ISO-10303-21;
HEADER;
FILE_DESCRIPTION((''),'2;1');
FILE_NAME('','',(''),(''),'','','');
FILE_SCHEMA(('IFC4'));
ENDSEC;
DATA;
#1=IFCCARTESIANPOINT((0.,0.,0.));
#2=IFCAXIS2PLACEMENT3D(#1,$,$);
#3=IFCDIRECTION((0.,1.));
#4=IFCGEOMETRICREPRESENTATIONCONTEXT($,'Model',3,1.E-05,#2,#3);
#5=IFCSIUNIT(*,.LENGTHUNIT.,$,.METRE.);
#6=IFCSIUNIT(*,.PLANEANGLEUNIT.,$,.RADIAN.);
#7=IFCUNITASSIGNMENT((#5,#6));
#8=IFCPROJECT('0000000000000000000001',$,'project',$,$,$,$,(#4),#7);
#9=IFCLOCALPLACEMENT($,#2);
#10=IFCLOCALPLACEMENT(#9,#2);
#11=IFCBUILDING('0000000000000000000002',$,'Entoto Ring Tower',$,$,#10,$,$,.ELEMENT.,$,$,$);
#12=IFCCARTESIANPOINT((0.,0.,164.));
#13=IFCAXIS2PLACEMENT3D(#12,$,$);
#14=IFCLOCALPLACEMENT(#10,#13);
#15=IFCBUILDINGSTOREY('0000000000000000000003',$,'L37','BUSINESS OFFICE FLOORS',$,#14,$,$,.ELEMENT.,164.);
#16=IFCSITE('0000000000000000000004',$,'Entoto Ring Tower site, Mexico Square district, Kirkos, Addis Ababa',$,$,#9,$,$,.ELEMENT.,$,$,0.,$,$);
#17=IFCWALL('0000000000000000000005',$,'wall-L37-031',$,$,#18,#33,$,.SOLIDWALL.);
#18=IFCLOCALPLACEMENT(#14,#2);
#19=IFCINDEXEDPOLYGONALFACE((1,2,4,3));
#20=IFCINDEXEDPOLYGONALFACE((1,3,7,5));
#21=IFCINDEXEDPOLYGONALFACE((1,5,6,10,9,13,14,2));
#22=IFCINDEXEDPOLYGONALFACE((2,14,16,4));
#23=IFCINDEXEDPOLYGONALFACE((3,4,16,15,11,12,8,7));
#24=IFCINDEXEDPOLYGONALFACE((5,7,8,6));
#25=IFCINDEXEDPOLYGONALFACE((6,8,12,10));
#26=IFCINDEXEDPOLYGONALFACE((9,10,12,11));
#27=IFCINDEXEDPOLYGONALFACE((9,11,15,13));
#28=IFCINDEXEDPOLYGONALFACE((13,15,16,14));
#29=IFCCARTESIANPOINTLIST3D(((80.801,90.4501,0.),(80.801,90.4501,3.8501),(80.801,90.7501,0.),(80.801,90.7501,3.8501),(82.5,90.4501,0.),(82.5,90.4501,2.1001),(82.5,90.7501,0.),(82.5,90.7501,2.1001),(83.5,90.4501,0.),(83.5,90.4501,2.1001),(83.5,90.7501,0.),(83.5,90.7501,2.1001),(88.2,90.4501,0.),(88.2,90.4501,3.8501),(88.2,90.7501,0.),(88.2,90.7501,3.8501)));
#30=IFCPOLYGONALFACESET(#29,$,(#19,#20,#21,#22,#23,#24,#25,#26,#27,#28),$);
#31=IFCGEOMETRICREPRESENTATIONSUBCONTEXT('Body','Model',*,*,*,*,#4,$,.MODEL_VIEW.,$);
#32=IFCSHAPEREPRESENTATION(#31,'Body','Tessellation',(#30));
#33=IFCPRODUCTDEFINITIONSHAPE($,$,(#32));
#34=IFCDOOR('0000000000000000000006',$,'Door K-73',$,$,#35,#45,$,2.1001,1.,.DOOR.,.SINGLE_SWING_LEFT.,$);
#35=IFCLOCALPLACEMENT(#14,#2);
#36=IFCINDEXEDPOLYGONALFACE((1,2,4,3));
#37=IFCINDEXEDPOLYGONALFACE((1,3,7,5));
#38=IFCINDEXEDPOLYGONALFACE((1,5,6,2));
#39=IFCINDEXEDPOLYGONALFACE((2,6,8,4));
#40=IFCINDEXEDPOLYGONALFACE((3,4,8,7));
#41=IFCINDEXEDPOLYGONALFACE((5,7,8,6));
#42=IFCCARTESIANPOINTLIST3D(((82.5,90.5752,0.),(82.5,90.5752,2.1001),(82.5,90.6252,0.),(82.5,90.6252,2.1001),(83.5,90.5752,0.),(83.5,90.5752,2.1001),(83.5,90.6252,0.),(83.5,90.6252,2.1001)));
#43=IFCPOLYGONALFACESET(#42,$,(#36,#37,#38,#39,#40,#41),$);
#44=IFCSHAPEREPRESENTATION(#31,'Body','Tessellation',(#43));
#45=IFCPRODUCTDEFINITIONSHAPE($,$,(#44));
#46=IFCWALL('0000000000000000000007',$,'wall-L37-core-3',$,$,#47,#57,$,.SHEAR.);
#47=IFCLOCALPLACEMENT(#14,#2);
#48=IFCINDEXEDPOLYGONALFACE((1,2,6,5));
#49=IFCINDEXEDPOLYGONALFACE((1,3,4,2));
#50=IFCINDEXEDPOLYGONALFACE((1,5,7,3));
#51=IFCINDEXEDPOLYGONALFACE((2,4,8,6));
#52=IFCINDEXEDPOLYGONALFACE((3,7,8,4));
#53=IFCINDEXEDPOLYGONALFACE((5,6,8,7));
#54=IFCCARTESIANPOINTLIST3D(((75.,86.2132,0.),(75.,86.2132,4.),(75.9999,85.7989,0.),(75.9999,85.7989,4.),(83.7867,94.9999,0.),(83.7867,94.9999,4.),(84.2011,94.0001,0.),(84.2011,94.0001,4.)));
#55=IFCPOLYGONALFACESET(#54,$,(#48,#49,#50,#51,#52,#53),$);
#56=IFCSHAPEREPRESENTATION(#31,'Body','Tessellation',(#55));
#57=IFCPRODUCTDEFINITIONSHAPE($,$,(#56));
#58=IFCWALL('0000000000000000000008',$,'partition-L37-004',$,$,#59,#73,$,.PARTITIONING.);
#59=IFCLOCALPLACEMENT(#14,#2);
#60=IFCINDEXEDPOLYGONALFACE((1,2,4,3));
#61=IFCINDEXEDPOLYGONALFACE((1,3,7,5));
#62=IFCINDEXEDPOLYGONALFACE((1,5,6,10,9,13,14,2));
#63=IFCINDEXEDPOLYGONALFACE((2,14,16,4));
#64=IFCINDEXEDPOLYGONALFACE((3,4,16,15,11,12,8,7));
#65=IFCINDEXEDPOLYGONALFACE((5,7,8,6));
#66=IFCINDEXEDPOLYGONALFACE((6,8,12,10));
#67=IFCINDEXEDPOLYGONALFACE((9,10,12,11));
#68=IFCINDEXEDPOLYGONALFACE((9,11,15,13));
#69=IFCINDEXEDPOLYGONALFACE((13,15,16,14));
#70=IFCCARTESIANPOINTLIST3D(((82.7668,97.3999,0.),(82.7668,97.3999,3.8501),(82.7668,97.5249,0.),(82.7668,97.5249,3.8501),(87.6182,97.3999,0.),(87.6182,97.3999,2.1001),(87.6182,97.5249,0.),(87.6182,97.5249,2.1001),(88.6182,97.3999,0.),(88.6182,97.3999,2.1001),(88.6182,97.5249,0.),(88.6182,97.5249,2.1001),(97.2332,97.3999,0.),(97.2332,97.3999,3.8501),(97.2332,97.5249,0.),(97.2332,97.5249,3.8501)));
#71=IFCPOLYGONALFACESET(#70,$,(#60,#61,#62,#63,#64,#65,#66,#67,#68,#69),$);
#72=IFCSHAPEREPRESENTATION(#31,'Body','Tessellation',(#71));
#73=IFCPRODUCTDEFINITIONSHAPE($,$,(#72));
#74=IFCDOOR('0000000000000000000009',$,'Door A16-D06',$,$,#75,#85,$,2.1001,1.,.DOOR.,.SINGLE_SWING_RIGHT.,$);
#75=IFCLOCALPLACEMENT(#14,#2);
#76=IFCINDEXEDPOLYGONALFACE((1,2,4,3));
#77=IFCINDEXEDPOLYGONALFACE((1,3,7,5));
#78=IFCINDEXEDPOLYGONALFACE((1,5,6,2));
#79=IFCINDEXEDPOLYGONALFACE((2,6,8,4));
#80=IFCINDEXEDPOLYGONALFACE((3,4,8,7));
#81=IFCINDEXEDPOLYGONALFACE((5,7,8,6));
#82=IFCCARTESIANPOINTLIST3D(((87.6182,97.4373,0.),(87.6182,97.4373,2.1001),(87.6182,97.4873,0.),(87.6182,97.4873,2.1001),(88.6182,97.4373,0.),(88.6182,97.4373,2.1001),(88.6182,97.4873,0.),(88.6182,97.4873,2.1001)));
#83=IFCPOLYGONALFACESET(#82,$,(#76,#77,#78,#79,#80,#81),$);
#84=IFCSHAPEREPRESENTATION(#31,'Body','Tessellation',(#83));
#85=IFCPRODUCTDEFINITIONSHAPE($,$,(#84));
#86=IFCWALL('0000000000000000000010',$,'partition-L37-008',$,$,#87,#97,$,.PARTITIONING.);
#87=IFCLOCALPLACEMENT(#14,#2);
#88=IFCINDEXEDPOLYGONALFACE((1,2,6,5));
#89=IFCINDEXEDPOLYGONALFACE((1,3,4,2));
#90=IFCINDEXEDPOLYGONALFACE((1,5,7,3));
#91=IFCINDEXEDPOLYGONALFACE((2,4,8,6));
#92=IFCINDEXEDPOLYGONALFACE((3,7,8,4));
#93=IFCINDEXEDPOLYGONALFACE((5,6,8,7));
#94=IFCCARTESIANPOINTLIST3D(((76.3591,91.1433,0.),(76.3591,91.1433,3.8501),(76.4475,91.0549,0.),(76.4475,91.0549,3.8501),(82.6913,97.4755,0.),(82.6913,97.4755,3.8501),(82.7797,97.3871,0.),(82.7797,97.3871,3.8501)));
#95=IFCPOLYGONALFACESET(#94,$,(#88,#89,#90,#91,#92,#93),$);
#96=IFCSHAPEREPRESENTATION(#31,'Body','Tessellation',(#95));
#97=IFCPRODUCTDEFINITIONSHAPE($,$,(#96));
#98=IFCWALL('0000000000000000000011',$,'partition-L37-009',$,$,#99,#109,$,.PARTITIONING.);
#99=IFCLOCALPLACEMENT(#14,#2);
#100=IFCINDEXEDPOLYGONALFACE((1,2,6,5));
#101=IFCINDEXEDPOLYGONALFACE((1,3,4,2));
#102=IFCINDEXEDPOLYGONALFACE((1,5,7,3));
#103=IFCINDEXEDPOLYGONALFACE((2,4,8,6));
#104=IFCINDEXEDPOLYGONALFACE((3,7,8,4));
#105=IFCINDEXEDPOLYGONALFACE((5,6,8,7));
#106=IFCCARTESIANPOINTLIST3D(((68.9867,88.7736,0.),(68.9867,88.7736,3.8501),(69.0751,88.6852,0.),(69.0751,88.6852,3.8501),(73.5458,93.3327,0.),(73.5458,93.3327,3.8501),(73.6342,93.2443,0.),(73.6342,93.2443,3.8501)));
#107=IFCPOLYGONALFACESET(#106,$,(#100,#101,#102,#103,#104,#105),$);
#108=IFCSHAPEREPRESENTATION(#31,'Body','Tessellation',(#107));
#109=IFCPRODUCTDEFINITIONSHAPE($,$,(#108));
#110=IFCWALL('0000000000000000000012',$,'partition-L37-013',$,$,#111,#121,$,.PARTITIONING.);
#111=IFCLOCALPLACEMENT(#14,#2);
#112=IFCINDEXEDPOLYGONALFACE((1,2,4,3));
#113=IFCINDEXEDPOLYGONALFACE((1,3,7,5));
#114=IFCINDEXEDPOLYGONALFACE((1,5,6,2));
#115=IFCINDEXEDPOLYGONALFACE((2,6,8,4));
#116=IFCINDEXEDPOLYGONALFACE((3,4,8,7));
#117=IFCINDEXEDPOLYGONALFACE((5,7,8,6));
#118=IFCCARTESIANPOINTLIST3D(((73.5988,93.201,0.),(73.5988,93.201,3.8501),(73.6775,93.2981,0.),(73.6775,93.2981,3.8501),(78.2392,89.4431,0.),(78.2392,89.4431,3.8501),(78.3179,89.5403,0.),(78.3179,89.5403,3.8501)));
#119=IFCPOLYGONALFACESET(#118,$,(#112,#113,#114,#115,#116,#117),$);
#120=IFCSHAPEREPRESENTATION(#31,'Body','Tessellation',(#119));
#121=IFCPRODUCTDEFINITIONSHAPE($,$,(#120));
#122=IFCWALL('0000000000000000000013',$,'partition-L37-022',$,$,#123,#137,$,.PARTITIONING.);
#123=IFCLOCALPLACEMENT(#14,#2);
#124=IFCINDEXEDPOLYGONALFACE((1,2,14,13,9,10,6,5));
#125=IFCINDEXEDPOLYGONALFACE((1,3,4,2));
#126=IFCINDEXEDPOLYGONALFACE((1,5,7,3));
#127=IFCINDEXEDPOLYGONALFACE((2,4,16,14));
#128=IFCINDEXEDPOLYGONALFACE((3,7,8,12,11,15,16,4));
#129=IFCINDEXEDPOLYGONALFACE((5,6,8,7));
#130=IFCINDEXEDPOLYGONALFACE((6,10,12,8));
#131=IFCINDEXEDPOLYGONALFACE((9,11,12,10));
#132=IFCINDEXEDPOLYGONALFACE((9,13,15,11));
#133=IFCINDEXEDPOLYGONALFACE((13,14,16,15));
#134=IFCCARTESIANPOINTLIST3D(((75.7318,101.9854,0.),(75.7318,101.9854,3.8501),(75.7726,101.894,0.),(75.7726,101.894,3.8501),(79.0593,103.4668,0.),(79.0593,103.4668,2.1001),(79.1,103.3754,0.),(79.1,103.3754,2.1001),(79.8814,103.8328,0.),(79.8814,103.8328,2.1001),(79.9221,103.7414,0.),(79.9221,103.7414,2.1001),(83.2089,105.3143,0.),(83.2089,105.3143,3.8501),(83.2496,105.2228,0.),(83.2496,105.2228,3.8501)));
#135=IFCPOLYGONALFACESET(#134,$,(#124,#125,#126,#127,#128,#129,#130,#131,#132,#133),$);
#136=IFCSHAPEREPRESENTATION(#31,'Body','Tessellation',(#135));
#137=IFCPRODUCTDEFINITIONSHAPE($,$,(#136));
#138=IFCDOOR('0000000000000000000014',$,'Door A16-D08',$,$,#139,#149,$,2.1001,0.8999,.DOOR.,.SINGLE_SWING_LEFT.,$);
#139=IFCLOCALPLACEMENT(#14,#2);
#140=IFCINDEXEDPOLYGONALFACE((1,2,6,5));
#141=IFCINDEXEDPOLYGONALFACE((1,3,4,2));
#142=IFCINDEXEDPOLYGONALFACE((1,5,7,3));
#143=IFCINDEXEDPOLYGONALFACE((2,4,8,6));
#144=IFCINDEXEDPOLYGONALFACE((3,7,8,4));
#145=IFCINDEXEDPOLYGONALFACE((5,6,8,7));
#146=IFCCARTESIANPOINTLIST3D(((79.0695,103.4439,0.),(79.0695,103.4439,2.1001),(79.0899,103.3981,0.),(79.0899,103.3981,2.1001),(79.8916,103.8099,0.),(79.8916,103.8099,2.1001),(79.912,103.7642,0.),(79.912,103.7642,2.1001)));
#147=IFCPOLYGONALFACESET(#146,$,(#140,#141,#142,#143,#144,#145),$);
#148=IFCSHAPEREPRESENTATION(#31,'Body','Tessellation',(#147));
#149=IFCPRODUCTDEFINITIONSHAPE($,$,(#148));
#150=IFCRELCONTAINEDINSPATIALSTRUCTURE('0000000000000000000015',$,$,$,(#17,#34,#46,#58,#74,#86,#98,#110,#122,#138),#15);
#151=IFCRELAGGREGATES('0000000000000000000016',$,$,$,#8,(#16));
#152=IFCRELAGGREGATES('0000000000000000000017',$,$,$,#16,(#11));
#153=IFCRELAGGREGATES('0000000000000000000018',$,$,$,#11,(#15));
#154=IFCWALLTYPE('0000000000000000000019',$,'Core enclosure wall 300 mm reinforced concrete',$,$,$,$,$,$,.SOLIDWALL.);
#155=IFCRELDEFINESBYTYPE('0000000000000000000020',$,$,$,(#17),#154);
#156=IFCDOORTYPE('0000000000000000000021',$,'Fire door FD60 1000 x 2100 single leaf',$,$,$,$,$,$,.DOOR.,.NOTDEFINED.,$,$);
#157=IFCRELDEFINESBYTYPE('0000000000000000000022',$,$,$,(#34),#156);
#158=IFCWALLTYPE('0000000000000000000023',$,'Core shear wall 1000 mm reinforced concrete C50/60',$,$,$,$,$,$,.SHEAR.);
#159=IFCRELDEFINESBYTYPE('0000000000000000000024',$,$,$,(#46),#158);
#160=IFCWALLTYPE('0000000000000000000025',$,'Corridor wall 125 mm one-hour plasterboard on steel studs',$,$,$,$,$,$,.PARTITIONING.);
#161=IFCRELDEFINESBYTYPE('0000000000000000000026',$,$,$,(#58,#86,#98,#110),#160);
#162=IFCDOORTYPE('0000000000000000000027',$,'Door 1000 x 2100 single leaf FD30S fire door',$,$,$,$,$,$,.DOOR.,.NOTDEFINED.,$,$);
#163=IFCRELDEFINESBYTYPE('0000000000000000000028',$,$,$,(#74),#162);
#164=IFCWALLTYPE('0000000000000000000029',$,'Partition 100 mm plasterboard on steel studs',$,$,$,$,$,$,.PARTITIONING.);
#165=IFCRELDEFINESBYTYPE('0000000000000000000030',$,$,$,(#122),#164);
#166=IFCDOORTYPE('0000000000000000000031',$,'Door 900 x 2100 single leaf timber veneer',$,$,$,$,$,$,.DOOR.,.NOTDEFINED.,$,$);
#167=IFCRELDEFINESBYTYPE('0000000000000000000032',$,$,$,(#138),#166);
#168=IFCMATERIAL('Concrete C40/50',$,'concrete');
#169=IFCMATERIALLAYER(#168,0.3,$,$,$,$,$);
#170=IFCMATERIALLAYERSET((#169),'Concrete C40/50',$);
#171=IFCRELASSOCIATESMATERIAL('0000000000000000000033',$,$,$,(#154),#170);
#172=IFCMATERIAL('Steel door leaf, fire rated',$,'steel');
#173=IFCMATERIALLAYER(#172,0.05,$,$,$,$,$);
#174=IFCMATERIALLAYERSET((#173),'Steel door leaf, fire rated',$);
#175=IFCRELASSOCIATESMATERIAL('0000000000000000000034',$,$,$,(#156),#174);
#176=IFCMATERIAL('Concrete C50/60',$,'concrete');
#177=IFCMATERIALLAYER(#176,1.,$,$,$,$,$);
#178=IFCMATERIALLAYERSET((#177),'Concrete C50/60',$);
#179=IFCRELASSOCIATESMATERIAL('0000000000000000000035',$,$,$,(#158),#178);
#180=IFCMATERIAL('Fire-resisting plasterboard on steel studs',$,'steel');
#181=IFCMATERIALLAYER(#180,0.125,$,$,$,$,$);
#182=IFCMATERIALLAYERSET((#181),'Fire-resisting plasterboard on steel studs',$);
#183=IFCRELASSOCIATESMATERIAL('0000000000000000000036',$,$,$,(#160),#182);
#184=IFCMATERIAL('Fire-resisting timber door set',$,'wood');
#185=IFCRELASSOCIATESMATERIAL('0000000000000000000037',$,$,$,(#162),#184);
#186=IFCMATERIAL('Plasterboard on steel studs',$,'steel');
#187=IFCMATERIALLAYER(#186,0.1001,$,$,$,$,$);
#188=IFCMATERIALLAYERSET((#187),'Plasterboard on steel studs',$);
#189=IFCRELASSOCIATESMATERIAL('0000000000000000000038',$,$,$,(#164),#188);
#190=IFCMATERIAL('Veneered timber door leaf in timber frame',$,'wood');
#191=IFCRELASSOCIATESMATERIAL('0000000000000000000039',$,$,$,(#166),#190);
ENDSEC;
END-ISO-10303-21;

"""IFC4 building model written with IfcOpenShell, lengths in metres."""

from ifc_helpers import new_model, si_unit, direction, frame, frame_2d, origin, place, context, subcontext, project, spatial, polyline, rectangle, outline, extrude, material, layer, layer_set, type_object, element, fill, save


model = new_model("IFC4")

# Units and contexts
model_context = context("Model", 3, precision=1e-05, world=origin(), true_north=direction((0.0, 1.0)))
body_context = subcontext(model_context, "Body", "Model", "MODEL_VIEW")
ifc_project = project(units=[si_unit("LENGTHUNIT", "METRE"), si_unit("PLANEANGLEUNIT", "RADIAN")], contexts=[model_context])

# Site, building, storey
site_placement = place(None, origin())
site = spatial("IfcSite", under=ifc_project, at=site_placement, Name="Entoto Ring Tower site, Mexico Square district, Kirkos, Addis Ababa", CompositionType="ELEMENT", RefElevation=0.0)
building_placement = place(site_placement, origin())
building = spatial("IfcBuilding", under=site, at=building_placement, Name="Entoto Ring Tower", CompositionType="ELEMENT")
storey_placement = place(building_placement, frame((0.0, 0.0, 164.0)))
storey = spatial("IfcBuildingStorey", under=building, at=storey_placement, Name="L37", Description="BUSINESS OFFICE FLOORS", CompositionType="ELEMENT", Elevation=164.0)

# Wall, opening, door
ifc_material_1 = material(Name="Concrete C40/50", Category="concrete")
ifc_layer_1 = layer(ifc_material_1, 0.3)
ifc_layer_set_1 = layer_set([ifc_layer_1], Name="Concrete C40/50")
wall_type_1 = type_object("IfcWallType", Name="Core enclosure wall 300 mm reinforced concrete", PredefinedType="SOLIDWALL", material=ifc_layer_set_1)
wall_1_placement = place(storey_placement, frame((80.801, 90.6001, 0.0), z_axis=(0.0, 0.0, 1.0), x_axis=(1.0, 0.0, 0.0)))
wall_1 = element("IfcWall", 1, at=wall_1_placement, inside=storey, type_object=wall_type_1, Name="wall-L37-031", PredefinedType="SOLIDWALL", context=body_context, shape_type="SweptSolid", body=[
    extrude(rectangle(XDim=7.3989, YDim=0.3, at=frame_2d((3.6995, 0.0))), origin(), (0.0, 0.0, 1.0), 3.8501),
])
opening_1_placement = place(wall_1_placement, frame((1.699, 0.0, 0.0)))
opening_1 = element("IfcOpeningElement", 2, at=opening_1_placement, cuts=wall_1, PredefinedType="OPENING", context=body_context, shape_type="SweptSolid", body=[
    extrude(rectangle(XDim=1.0, YDim=2.1001, at=frame_2d((0.5, 1.05))), frame((0.0, 0.1602, 0.0), z_axis=(0.0, -1.0, 0.0), x_axis=(1.0, 0.0, 0.0)), (0.0, 0.0, 1.0), 0.3201),
])
ifc_material_2 = material(Name="Steel door leaf, fire rated", Category="steel")
ifc_layer_2 = layer(ifc_material_2, 0.05)
ifc_layer_set_2 = layer_set([ifc_layer_2], Name="Steel door leaf, fire rated")
door_type_1 = type_object("IfcDoorType", Name="Fire door FD60 1000 x 2100 single leaf", OperationType="NOTDEFINED", PredefinedType="DOOR", material=ifc_layer_set_2)
door_1_placement = place(opening_1_placement, frame((1.0, 0.0, 0.0), z_axis=(0.0, 0.0, 1.0), x_axis=(-1.0, 0.0, 0.0)))
door_1 = element("IfcDoor", 3, at=door_1_placement, inside=storey, type_object=door_type_1, Name="Door K-73", OperationType="SINGLE_SWING_LEFT", OverallHeight=2.1001, OverallWidth=1.0, PredefinedType="DOOR", context=body_context, shape_type="SweptSolid", body=[
    extrude(rectangle(XDim=1.0, YDim=2.1001, at=frame_2d((0.5, 1.05))), frame((0.0, 0.0249, 0.0), z_axis=(0.0, -1.0, 0.0), x_axis=(1.0, 0.0, 0.0)), (0.0, 0.0, 1.0), 0.05),
])
fill(opening_1, door_1)

# Wall
ifc_material_3 = material(Name="Concrete C50/60", Category="concrete")
ifc_layer_3 = layer(ifc_material_3, 1.0)
ifc_layer_set_3 = layer_set([ifc_layer_3], Name="Concrete C50/60")
wall_type_2 = type_object("IfcWallType", Name="Core shear wall 1000 mm reinforced concrete C50/60", PredefinedType="SHEAR", material=ifc_layer_set_3)
wall_2_placement = place(storey_placement, frame((83.9939, 94.5, 0.0), z_axis=(0.0, 0.0, 1.0), x_axis=(-0.707107, -0.707107, 0.0)))
element("IfcWall", 4, at=wall_2_placement, inside=storey, type_object=wall_type_2, Name="wall-L37-core-3", PredefinedType="SHEAR", context=body_context, shape_type="SweptSolid", body=[
    extrude(outline(polyline([(-0.207, -0.5), (12.2192, -0.5), (11.8052, 0.5), (0.207, 0.5), (-0.207, -0.5)])), origin(), (0.0, 0.0, 1.0), 4.0),
])

# Wall, opening, door
ifc_material_4 = material(Name="Fire-resisting plasterboard on steel studs", Category="steel")
ifc_layer_4 = layer(ifc_material_4, 0.125)
ifc_layer_set_4 = layer_set([ifc_layer_4], Name="Fire-resisting plasterboard on steel studs")
wall_type_3 = type_object("IfcWallType", Name="Corridor wall 125 mm one-hour plasterboard on steel studs", PredefinedType="PARTITIONING", material=ifc_layer_set_4)
wall_3_placement = place(storey_placement, frame((82.7668, 97.4624, 0.0), z_axis=(0.0, 0.0, 1.0), x_axis=(1.0, 0.0, 0.0)))
wall_3 = element("IfcWall", 5, at=wall_3_placement, inside=storey, type_object=wall_type_3, Name="partition-L37-004", PredefinedType="PARTITIONING", context=body_context, shape_type="SweptSolid", body=[
    extrude(rectangle(XDim=14.4663, YDim=0.125, at=frame_2d((7.2332, 0.0))), origin(), (0.0, 0.0, 1.0), 3.8501),
])
opening_2_placement = place(wall_3_placement, frame((4.8513, 0.0, 0.0)))
opening_2 = element("IfcOpeningElement", 6, at=opening_2_placement, cuts=wall_3, PredefinedType="OPENING", context=body_context, shape_type="SweptSolid", body=[
    extrude(rectangle(XDim=1.0, YDim=2.1001, at=frame_2d((0.5, 1.05))), frame((0.0, 0.0725, 0.0), z_axis=(0.0, -1.0, 0.0), x_axis=(1.0, 0.0, 0.0)), (0.0, 0.0, 1.0), 0.145),
])
ifc_material_5 = material(Name="Fire-resisting timber door set", Category="wood")
door_type_2 = type_object("IfcDoorType", Name="Door 1000 x 2100 single leaf FD30S fire door", OperationType="NOTDEFINED", PredefinedType="DOOR", material=ifc_material_5)
door_2_placement = place(opening_2_placement, origin())
door_2 = element("IfcDoor", 7, at=door_2_placement, inside=storey, type_object=door_type_2, Name="Door A16-D06", OperationType="SINGLE_SWING_RIGHT", OverallHeight=2.1001, OverallWidth=1.0, PredefinedType="DOOR", context=body_context, shape_type="SweptSolid", body=[
    extrude(rectangle(XDim=1.0, YDim=2.1001, at=frame_2d((0.5, 1.05))), frame((0.0, 0.0249, 0.0), z_axis=(0.0, -1.0, 0.0), x_axis=(1.0, 0.0, 0.0)), (0.0, 0.0, 1.0), 0.05),
])
fill(opening_2, door_2)

# Walls
wall_4_placement = place(storey_placement, frame((76.4033, 91.0991, 0.0), z_axis=(0.0, 0.0, 1.0), x_axis=(0.707107, 0.707107, 0.0)))
element("IfcWall", 8, at=wall_4_placement, inside=storey, type_object=wall_type_3, Name="partition-L37-008", PredefinedType="PARTITIONING", context=body_context, shape_type="SweptSolid", body=[
    extrude(rectangle(XDim=8.9551, YDim=0.125, at=frame_2d((4.4775, 0.0))), origin(), (0.0, 0.0, 1.0), 3.8501),
])
wall_5_placement = place(storey_placement, frame((69.031, 88.7295, 0.0), z_axis=(0.0, 0.0, 1.0), x_axis=(0.707107, 0.707107, 0.0)))
element("IfcWall", 9, at=wall_5_placement, inside=storey, type_object=wall_type_3, Name="partition-L37-009", PredefinedType="PARTITIONING", context=body_context, shape_type="SweptSolid", body=[
    extrude(rectangle(XDim=6.4475, YDim=0.125, at=frame_2d((3.2236, 0.0))), origin(), (0.0, 0.0, 1.0), 3.8501),
])
wall_6_placement = place(storey_placement, frame((78.2786, 89.4917, 0.0), z_axis=(0.0, 0.0, 1.0), x_axis=(-0.777137, 0.629331, 0.0)))
element("IfcWall", 10, at=wall_6_placement, inside=storey, type_object=wall_type_3, Name="partition-L37-013", PredefinedType="PARTITIONING", context=body_context, shape_type="SweptSolid", body=[
    extrude(rectangle(XDim=5.9712, YDim=0.125, at=frame_2d((2.9856, 0.0))), origin(), (0.0, 0.0, 1.0), 3.8501),
])

# Wall, opening, door
ifc_material_6 = material(Name="Plasterboard on steel studs", Category="steel")
ifc_layer_5 = layer(ifc_material_6, 0.1001)
ifc_layer_set_5 = layer_set([ifc_layer_5], Name="Plasterboard on steel studs")
wall_type_4 = type_object("IfcWallType", Name="Partition 100 mm plasterboard on steel studs", PredefinedType="PARTITIONING", material=ifc_layer_set_5)
wall_7_placement = place(storey_placement, frame((75.7522, 101.9397, 0.0), z_axis=(0.0, 0.0, 1.0), x_axis=(0.913552, 0.406722, 0.0)))
wall_7 = element("IfcWall", 11, at=wall_7_placement, inside=storey, type_object=wall_type_4, Name="partition-L37-022", PredefinedType="PARTITIONING", context=body_context, shape_type="SweptSolid", body=[
    extrude(rectangle(XDim=8.1846, YDim=0.1001, at=frame_2d((4.0923, 0.0))), origin(), (0.0, 0.0, 1.0), 3.8501),
])
opening_3_placement = place(wall_7_placement, frame((3.6423, 0.0, 0.0)))
opening_3 = element("IfcOpeningElement", 12, at=opening_3_placement, cuts=wall_7, PredefinedType="OPENING", context=body_context, shape_type="SweptSolid", body=[
    extrude(rectangle(XDim=0.8999, YDim=2.1001, at=frame_2d((0.45, 1.05))), frame((0.0, 0.0601, 0.0), z_axis=(0.0, -1.0, 0.0), x_axis=(1.0, 0.0, 0.0)), (0.0, 0.0, 1.0), 0.1201),
])
ifc_material_7 = material(Name="Veneered timber door leaf in timber frame", Category="wood")
door_type_3 = type_object("IfcDoorType", Name="Door 900 x 2100 single leaf timber veneer", OperationType="NOTDEFINED", PredefinedType="DOOR", material=ifc_material_7)
door_3_placement = place(opening_3_placement, origin())
door_3 = element("IfcDoor", 13, at=door_3_placement, inside=storey, type_object=door_type_3, Name="Door A16-D08", OperationType="SINGLE_SWING_LEFT", OverallHeight=2.1001, OverallWidth=0.8999, PredefinedType="DOOR", context=body_context, shape_type="SweptSolid", body=[
    extrude(rectangle(XDim=0.8999, YDim=2.1001, at=frame_2d((0.45, 1.05))), frame((0.0, 0.0249, 0.0), z_axis=(0.0, -1.0, 0.0), x_axis=(1.0, 0.0, 0.0)), (0.0, 0.0, 1.0), 0.05),
])
fill(opening_3, door_3)

save(model, "model.ifc")
